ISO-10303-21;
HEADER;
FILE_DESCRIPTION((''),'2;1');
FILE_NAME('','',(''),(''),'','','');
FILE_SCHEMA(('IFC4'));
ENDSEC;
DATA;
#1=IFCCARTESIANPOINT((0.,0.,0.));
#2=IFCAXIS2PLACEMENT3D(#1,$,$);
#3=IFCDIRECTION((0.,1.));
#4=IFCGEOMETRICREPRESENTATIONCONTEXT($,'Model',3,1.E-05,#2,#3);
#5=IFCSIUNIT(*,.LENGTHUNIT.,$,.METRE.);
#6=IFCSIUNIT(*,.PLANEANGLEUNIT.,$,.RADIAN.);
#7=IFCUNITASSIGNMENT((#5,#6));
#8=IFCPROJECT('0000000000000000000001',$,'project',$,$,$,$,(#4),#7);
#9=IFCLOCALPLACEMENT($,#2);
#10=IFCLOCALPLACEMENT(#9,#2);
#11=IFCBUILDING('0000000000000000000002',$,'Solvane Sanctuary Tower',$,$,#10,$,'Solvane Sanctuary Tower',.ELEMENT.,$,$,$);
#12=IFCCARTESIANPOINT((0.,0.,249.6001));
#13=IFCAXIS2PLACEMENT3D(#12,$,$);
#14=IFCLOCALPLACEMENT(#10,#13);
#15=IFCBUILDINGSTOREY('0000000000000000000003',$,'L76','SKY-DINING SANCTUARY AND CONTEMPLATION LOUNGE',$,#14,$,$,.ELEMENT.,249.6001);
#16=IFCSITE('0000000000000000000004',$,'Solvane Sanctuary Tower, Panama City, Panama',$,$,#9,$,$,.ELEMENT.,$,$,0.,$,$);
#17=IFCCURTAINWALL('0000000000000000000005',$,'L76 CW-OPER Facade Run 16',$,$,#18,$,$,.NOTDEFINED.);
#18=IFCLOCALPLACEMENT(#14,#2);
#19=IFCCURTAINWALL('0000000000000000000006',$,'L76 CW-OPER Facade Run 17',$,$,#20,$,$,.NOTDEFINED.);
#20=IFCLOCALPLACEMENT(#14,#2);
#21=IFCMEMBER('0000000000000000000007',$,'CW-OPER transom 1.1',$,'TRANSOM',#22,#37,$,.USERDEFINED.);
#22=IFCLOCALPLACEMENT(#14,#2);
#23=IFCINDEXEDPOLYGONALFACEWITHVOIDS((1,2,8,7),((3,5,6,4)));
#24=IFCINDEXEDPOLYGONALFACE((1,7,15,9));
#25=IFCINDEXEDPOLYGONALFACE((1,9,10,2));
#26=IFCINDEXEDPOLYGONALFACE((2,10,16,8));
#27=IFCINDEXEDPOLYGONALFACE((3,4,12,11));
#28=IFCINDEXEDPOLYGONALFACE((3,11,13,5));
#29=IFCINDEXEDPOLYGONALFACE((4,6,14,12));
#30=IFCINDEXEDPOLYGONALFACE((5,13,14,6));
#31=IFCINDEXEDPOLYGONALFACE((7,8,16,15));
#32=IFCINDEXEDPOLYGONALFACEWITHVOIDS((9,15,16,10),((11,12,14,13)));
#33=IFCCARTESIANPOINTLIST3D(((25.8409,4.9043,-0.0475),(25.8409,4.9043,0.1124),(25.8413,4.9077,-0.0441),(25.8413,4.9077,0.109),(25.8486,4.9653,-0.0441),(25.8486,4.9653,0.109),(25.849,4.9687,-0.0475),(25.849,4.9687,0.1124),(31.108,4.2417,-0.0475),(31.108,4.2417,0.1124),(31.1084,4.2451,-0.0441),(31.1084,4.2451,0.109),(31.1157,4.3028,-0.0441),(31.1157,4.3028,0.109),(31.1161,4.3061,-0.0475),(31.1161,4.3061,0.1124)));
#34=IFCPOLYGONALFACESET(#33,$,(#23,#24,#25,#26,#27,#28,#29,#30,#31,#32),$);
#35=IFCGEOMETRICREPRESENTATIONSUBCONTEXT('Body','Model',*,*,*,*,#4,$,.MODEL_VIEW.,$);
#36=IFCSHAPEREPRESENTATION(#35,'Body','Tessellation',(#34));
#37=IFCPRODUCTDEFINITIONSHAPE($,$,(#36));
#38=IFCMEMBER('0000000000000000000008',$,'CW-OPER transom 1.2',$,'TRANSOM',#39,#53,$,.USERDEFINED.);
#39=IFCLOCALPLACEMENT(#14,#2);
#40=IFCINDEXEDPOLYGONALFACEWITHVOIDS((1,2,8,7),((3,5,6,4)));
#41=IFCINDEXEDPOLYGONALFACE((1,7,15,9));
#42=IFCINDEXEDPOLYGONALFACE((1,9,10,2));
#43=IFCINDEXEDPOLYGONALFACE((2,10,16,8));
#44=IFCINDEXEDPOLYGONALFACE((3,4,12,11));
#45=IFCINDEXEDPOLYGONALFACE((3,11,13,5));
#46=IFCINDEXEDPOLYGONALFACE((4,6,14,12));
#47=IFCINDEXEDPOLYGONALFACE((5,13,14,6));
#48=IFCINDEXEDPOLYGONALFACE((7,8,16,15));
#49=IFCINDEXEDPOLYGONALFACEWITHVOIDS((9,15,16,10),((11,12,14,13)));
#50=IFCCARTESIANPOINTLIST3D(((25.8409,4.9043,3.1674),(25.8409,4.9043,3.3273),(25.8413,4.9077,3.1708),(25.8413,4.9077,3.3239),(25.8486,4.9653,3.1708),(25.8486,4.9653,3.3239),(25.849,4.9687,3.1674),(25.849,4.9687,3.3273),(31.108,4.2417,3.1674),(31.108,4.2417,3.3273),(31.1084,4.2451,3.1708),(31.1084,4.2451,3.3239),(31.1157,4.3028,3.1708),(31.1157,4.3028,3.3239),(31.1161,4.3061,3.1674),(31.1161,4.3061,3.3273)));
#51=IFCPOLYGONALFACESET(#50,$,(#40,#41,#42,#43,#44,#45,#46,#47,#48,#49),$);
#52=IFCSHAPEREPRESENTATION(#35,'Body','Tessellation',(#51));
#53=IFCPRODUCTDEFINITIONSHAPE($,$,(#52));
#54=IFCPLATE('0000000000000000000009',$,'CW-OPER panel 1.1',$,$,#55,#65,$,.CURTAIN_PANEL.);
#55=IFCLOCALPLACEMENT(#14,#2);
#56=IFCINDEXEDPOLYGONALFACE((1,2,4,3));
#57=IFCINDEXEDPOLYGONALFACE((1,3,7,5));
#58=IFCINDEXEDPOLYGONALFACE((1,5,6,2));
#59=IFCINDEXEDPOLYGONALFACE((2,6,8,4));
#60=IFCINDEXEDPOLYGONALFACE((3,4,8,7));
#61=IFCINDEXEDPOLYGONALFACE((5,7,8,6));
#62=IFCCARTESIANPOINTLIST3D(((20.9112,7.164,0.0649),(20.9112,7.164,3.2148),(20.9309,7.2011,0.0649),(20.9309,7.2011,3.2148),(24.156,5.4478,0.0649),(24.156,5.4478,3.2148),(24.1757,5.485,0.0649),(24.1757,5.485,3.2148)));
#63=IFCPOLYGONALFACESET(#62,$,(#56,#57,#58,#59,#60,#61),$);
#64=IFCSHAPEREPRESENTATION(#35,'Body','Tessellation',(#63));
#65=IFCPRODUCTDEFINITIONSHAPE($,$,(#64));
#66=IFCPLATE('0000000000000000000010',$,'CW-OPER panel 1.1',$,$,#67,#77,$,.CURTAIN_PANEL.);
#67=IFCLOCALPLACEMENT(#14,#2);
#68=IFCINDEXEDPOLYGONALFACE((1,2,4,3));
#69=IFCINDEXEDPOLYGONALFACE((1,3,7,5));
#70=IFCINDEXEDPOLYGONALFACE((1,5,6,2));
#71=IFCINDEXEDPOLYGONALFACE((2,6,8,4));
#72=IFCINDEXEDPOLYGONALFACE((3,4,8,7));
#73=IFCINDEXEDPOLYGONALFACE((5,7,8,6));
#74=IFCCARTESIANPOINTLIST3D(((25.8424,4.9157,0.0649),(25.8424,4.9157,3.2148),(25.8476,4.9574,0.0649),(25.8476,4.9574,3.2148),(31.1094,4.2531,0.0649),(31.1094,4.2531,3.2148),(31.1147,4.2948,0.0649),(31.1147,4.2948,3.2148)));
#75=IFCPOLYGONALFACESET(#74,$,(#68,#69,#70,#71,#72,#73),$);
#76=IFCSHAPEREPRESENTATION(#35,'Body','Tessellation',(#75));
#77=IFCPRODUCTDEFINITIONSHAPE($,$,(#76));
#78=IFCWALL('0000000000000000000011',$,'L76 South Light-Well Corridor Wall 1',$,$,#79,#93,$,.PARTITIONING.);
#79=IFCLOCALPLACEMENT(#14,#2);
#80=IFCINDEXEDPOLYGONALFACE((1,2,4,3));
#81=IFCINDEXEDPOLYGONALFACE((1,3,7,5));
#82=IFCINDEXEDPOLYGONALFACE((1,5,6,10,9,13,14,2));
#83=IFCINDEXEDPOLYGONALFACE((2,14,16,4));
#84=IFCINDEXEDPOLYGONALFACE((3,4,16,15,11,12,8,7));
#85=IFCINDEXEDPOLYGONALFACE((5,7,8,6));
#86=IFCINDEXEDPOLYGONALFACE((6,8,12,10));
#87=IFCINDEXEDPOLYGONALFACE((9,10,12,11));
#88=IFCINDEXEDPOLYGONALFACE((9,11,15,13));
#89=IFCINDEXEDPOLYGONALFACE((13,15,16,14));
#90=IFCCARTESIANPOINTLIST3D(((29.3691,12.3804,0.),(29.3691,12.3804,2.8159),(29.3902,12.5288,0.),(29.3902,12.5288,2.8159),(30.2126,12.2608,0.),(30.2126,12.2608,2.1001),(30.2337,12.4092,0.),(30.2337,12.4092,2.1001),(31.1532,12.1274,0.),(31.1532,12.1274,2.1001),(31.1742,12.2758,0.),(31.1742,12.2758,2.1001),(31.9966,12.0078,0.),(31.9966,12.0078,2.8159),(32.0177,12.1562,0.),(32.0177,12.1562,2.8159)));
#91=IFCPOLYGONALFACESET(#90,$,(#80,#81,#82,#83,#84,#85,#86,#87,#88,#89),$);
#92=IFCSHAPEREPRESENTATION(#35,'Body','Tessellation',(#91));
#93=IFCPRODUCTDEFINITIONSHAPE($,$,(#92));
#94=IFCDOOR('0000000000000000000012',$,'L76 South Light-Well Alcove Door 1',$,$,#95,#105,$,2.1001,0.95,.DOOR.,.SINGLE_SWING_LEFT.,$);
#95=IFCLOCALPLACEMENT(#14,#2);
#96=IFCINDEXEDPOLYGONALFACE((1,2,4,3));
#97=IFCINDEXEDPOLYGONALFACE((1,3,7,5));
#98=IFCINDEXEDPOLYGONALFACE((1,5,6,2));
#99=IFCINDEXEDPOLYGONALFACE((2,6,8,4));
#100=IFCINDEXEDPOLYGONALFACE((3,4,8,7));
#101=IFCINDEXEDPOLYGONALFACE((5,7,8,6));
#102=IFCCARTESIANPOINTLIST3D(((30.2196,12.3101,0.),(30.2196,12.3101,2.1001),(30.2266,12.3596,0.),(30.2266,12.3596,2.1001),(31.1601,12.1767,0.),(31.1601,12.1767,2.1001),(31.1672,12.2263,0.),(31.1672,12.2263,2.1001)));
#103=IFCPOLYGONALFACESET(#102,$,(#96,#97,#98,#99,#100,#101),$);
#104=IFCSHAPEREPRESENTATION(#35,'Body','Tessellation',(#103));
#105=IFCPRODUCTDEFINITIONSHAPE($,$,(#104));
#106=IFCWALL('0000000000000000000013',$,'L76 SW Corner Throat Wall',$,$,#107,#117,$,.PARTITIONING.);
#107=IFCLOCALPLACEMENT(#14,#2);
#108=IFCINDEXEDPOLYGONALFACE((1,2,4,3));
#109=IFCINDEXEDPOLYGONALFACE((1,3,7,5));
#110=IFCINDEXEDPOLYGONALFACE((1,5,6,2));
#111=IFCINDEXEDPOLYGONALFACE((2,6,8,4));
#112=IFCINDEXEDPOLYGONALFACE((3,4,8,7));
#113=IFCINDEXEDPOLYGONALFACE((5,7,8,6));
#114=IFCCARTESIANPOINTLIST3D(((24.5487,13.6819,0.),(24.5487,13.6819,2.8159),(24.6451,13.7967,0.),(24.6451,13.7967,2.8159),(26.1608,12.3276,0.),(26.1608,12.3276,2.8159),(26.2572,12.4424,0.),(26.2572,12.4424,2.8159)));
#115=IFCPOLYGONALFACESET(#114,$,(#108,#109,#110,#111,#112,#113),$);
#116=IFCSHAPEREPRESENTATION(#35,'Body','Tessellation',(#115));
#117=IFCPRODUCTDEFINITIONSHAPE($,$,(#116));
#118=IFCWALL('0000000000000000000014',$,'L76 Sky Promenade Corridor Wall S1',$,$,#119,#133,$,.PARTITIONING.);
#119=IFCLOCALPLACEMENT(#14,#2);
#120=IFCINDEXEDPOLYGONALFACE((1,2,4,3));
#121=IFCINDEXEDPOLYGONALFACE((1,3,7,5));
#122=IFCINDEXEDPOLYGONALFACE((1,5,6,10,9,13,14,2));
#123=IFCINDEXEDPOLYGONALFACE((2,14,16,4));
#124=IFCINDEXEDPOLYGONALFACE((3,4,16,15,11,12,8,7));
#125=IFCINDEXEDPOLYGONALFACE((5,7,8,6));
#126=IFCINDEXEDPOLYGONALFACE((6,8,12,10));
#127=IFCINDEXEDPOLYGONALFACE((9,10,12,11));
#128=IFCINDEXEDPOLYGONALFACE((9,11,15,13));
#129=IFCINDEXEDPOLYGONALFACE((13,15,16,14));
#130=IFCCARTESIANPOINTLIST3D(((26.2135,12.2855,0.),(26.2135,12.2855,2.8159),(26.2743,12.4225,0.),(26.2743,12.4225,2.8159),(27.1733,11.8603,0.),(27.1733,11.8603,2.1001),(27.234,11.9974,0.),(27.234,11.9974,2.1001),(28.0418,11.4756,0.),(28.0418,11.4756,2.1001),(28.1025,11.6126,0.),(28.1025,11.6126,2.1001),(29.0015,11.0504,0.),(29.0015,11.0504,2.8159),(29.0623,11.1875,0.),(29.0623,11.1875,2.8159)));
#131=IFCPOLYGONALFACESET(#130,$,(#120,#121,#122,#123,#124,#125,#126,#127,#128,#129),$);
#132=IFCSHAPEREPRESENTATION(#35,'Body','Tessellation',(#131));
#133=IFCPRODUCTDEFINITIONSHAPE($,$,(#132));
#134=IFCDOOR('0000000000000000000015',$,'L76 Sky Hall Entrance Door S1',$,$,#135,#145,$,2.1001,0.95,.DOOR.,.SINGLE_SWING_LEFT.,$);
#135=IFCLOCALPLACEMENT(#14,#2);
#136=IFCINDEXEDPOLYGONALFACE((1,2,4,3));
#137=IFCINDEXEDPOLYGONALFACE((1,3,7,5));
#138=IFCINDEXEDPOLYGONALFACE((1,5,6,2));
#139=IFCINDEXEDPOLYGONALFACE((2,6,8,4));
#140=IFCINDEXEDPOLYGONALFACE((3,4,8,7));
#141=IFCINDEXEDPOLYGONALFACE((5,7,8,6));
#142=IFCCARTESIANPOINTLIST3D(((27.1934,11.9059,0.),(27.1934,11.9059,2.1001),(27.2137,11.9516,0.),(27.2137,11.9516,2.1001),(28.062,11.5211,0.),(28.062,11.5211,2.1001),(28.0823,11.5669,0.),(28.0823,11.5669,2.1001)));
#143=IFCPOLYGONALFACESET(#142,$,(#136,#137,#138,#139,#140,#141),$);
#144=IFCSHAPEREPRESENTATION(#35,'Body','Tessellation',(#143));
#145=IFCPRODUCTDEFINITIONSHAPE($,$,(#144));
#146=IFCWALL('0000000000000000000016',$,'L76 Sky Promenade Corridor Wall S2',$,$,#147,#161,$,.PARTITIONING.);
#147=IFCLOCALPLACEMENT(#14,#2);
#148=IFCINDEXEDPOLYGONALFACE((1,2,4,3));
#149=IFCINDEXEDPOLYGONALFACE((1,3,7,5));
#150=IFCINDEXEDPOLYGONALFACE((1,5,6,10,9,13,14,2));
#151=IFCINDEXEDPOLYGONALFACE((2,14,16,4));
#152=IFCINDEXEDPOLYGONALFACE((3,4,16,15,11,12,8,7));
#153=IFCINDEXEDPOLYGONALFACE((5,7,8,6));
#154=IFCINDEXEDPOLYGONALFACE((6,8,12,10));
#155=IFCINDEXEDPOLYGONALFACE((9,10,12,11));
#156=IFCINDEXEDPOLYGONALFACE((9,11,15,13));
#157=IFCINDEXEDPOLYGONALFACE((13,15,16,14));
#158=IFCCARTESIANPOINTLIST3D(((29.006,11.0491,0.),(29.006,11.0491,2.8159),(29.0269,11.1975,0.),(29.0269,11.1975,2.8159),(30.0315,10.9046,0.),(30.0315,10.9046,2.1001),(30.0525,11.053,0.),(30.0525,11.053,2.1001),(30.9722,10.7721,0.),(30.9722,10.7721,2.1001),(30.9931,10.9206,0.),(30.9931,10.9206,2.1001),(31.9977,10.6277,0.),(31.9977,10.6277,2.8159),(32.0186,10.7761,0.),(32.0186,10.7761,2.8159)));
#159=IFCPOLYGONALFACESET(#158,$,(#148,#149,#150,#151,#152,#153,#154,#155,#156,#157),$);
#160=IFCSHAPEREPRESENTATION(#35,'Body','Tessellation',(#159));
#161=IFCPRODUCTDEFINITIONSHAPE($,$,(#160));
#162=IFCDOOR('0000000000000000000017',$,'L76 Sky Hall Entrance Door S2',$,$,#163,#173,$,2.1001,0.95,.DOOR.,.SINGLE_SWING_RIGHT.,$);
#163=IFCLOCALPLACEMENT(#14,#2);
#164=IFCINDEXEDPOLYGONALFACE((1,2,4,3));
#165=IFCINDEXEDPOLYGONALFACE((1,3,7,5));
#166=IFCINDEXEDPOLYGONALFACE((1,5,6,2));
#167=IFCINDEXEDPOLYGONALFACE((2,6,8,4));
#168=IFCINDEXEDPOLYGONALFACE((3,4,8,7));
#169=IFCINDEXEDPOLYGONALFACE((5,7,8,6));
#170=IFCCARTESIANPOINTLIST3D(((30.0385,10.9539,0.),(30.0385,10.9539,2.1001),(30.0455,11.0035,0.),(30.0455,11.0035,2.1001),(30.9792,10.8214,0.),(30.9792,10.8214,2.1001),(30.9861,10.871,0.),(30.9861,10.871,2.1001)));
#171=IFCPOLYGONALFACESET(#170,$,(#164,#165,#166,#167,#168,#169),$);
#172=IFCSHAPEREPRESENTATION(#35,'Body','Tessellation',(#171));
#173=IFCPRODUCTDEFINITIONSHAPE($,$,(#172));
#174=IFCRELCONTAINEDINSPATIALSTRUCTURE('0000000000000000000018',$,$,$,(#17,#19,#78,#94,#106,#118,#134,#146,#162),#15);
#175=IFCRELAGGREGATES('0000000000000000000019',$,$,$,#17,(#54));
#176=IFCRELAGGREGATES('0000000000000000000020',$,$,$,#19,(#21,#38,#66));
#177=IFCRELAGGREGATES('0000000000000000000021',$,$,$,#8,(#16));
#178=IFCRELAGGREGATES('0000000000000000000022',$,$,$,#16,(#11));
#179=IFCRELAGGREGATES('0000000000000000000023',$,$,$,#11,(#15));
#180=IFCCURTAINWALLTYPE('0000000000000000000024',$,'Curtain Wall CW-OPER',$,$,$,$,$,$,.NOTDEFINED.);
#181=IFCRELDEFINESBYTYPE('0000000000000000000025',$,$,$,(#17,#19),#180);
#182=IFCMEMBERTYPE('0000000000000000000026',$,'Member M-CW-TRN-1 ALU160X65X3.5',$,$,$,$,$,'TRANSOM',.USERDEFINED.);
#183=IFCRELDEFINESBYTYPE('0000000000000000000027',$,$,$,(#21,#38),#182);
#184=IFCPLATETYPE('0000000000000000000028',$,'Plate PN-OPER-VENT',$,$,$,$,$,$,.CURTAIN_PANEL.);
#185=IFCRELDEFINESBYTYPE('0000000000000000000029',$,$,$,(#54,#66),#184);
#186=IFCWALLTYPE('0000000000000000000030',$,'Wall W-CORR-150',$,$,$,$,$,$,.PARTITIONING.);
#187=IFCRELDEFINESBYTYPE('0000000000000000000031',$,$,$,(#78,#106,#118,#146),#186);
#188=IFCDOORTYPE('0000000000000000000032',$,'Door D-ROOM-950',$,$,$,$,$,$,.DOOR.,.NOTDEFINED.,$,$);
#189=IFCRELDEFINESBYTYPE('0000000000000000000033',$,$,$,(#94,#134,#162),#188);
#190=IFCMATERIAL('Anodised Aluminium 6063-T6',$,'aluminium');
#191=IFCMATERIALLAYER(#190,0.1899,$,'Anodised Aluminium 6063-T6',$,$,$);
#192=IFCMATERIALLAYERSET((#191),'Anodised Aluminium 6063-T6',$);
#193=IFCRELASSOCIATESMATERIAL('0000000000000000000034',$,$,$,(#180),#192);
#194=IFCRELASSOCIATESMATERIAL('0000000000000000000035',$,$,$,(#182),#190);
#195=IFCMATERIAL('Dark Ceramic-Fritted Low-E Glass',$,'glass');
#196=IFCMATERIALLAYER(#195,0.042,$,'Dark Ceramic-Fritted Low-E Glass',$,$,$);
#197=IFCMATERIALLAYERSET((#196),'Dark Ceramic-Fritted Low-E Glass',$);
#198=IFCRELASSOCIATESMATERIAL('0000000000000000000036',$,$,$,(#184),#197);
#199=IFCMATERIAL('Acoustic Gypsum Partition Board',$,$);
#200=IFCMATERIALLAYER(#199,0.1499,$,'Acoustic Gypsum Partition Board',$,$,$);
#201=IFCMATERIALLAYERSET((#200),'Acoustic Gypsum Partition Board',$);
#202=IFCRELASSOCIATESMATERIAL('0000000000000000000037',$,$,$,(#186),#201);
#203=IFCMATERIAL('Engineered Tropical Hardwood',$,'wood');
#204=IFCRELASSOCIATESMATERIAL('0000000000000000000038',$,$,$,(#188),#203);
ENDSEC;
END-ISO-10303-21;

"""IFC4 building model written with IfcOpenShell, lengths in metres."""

from ifc_helpers import new_model, si_unit, direction, frame, frame_2d, origin, origin_2d, place, context, subcontext, project, spatial, rectangle, hollow_rectangle, extrude, material, layer, layer_set, material_profile, profile_set, type_object, element, fill, aggregate, save


model = new_model("IFC4")

# Units and contexts
model_context = context("Model", 3, precision=1e-05, world=origin(), true_north=direction((0.0, 1.0)))
body_context = subcontext(model_context, "Body", "Model", "MODEL_VIEW")
ifc_project = project(units=[si_unit("LENGTHUNIT", "METRE"), si_unit("PLANEANGLEUNIT", "RADIAN")], contexts=[model_context])

# Site, building, storey
site_placement = place(None, origin())
site = spatial("IfcSite", under=ifc_project, at=site_placement, Name="Solvane Sanctuary Tower, Panama City, Panama", CompositionType="ELEMENT", RefElevation=0.0)
building_placement = place(site_placement, origin())
building = spatial("IfcBuilding", under=site, at=building_placement, Name="Solvane Sanctuary Tower", LongName="Solvane Sanctuary Tower", CompositionType="ELEMENT")
storey_placement = place(building_placement, frame((0.0, 0.0, 249.6001)))
storey = spatial("IfcBuildingStorey", under=building, at=storey_placement, Name="L76", Description="SKY-DINING SANCTUARY AND CONTEMPLATION LOUNGE", CompositionType="ELEMENT", Elevation=249.6001)

# Curtain wall
ifc_material_1 = material(Name="Anodised Aluminium 6063-T6", Category="aluminium")
ifc_layer_1 = layer(ifc_material_1, 0.1899, Name="Anodised Aluminium 6063-T6")
ifc_layer_set_1 = layer_set([ifc_layer_1], Name="Anodised Aluminium 6063-T6")
curtain_wall_type = type_object("IfcCurtainWallType", Name="Curtain Wall CW-OPER", PredefinedType="NOTDEFINED", material=ifc_layer_set_1)
curtain_wall_1_placement = place(storey_placement, origin())
curtain_wall_1 = element("IfcCurtainWall", 1, at=curtain_wall_1_placement, inside=storey, type_object=curtain_wall_type, Name="L76 CW-OPER Facade Run 16", PredefinedType="NOTDEFINED")

# Curtain wall
curtain_wall_2_placement = place(storey_placement, origin())
curtain_wall_2 = element("IfcCurtainWall", 2, at=curtain_wall_2_placement, inside=storey, type_object=curtain_wall_type, Name="L76 CW-OPER Facade Run 17", PredefinedType="NOTDEFINED")

# Members
ifc_material_profile_1 = material_profile(ifc_material_1, hollow_rectangle(XDim=0.0649, YDim=0.1599, WallThickness=0.0034, at=origin_2d()), Name="ALU160X65X3.5")
ifc_profile_set_1 = profile_set([ifc_material_profile_1], Name="Anodised Aluminium 6063-T6")
member_type_1 = type_object("IfcMemberType", Name="Member M-CW-TRN-1 ALU160X65X3.5", ElementType="TRANSOM", PredefinedType="USERDEFINED", material=ifc_profile_set_1)
member_1_placement = place(storey_placement, frame((25.845, 4.9365, 0.0325), z_axis=(0.99218, -0.124816, 0.0), x_axis=(0.124816, 0.99218, 0.0)))
member_1 = element("IfcMember", 3, at=member_1_placement, type_object=member_type_1, Name="CW-OPER transom 1.1", ObjectType="TRANSOM", PredefinedType="USERDEFINED", context=body_context, shape_type="SweptSolid", body=[
    extrude(hollow_rectangle(XDim=0.0649, YDim=0.1599, WallThickness=0.0034, at=origin_2d()), origin(), (0.0, 0.0, 1.0), 5.3086),
])
member_2_placement = place(storey_placement, frame((25.845, 4.9365, 3.2473), z_axis=(0.99218, -0.124816, 0.0), x_axis=(0.124816, 0.99218, 0.0)))
member_2 = element("IfcMember", 4, at=member_2_placement, type_object=member_type_1, Name="CW-OPER transom 1.2", ObjectType="TRANSOM", PredefinedType="USERDEFINED", context=body_context, shape_type="SweptSolid", body=[
    extrude(hollow_rectangle(XDim=0.0649, YDim=0.1599, WallThickness=0.0034, at=origin_2d()), origin(), (0.0, 0.0, 1.0), 5.3086),
])

# Plates
ifc_material_2 = material(Name="Dark Ceramic-Fritted Low-E Glass", Category="glass")
ifc_layer_2 = layer(ifc_material_2, 0.042, Name="Dark Ceramic-Fritted Low-E Glass")
ifc_layer_set_2 = layer_set([ifc_layer_2], Name="Dark Ceramic-Fritted Low-E Glass")
plate_type = type_object("IfcPlateType", Name="Plate PN-OPER-VENT", PredefinedType="CURTAIN_PANEL", material=ifc_layer_set_2)
plate_1_placement = place(storey_placement, frame((22.5435, 6.3245, 0.0649), z_axis=(0.0, 0.0, 1.0), x_axis=(0.883981, -0.467523, 0.0)))
plate_1 = element("IfcPlate", 5, at=plate_1_placement, type_object=plate_type, Name="CW-OPER panel 1.1", PredefinedType="CURTAIN_PANEL", context=body_context, shape_type="SweptSolid", body=[
    extrude(rectangle(XDim=3.6707, YDim=0.042, at=origin_2d()), origin(), (0.0, 0.0, 1.0), 3.1499),
])
aggregate(curtain_wall_1, [plate_1])
plate_2_placement = place(storey_placement, frame((28.4785, 4.6052, 0.0649), z_axis=(0.0, 0.0, 1.0), x_axis=(0.99218, -0.124815, 0.0)))
plate_2 = element("IfcPlate", 6, at=plate_2_placement, type_object=plate_type, Name="CW-OPER panel 1.1", PredefinedType="CURTAIN_PANEL", context=body_context, shape_type="SweptSolid", body=[
    extrude(rectangle(XDim=5.3086, YDim=0.042, at=origin_2d()), origin(), (0.0, 0.0, 1.0), 3.1499),
])
aggregate(curtain_wall_2, [member_1, member_2, plate_2])

# Wall, opening, door
ifc_material_3 = material(Name="Acoustic Gypsum Partition Board")
ifc_layer_3 = layer(ifc_material_3, 0.1499, Name="Acoustic Gypsum Partition Board")
ifc_layer_set_3 = layer_set([ifc_layer_3], Name="Acoustic Gypsum Partition Board")
wall_type_1 = type_object("IfcWallType", Name="Wall W-CORR-150", PredefinedType="PARTITIONING", material=ifc_layer_set_3)
wall_1_placement = place(storey_placement, frame((29.3796, 12.4546, 0.0), z_axis=(0.0, 0.0, 1.0), x_axis=(0.990096, -0.140391, 0.0)))
wall_1 = element("IfcWall", 7, at=wall_1_placement, inside=storey, type_object=wall_type_1, Name="L76 South Light-Well Corridor Wall 1", PredefinedType="PARTITIONING", context=body_context, shape_type="SweptSolid", body=[
    extrude(rectangle(XDim=2.6538, YDim=0.1499, at=frame_2d((1.3269, 0.0))), origin(), (0.0, 0.0, 1.0), 2.8159),
])
opening_1_placement = place(wall_1_placement, frame((0.8518, 0.0, 0.0)))
opening_1 = element("IfcOpeningElement", 8, at=opening_1_placement, cuts=wall_1, PredefinedType="OPENING", context=body_context, shape_type="SweptSolid", body=[
    extrude(rectangle(XDim=0.95, YDim=2.1001, at=frame_2d((0.4751, 1.05))), frame((0.0, 0.085, 0.0), z_axis=(0.0, -1.0, 0.0), x_axis=(1.0, 0.0, 0.0)), (0.0, 0.0, 1.0), 0.1699),
])
ifc_material_4 = material(Name="Engineered Tropical Hardwood", Category="wood")
door_type = type_object("IfcDoorType", Name="Door D-ROOM-950", OperationType="NOTDEFINED", PredefinedType="DOOR", material=ifc_material_4)
door_1_placement = place(opening_1_placement, origin())
door_1 = element("IfcDoor", 9, at=door_1_placement, inside=storey, type_object=door_type, Name="L76 South Light-Well Alcove Door 1", OperationType="SINGLE_SWING_LEFT", OverallHeight=2.1001, OverallWidth=0.95, PredefinedType="DOOR", context=body_context, shape_type="SweptSolid", body=[
    extrude(rectangle(XDim=0.95, YDim=2.1001, at=frame_2d((0.4751, 1.05))), frame((0.0, 0.0249, 0.0), z_axis=(0.0, -1.0, 0.0), x_axis=(1.0, 0.0, 0.0)), (0.0, 0.0, 1.0), 0.05),
])
fill(opening_1, door_1)

# Wall
wall_2_placement = place(storey_placement, frame((26.209, 12.385, 0.0), z_axis=(0.0, 0.0, 1.0), x_axis=(-0.765677, 0.643225, 0.0)))
element("IfcWall", 10, at=wall_2_placement, inside=storey, type_object=wall_type_1, Name="L76 SW Corner Throat Wall", PredefinedType="PARTITIONING", context=body_context, shape_type="SweptSolid", body=[
    extrude(rectangle(XDim=2.1055, YDim=0.1499, at=frame_2d((1.0527, 0.0))), origin(), (0.0, 0.0, 1.0), 2.8159),
])

# Walls, openings, doors
wall_3_placement = place(storey_placement, frame((26.2439, 12.354, 0.0), z_axis=(0.0, 0.0, 1.0), x_axis=(0.914303, -0.405031, 0.0)))
wall_3 = element("IfcWall", 11, at=wall_3_placement, inside=storey, type_object=wall_type_1, Name="L76 Sky Promenade Corridor Wall S1", PredefinedType="PARTITIONING", context=body_context, shape_type="SweptSolid", body=[
    extrude(rectangle(XDim=3.0493, YDim=0.1499, at=frame_2d((1.5247, 0.0))), origin(), (0.0, 0.0, 1.0), 2.8159),
])
opening_2_placement = place(wall_3_placement, frame((1.0496, 0.0, 0.0)))
opening_2 = element("IfcOpeningElement", 12, at=opening_2_placement, cuts=wall_3, PredefinedType="OPENING", context=body_context, shape_type="SweptSolid", body=[
    extrude(rectangle(XDim=0.95, YDim=2.1001, at=frame_2d((0.4751, 1.05))), frame((0.0, 0.085, 0.0), z_axis=(0.0, -1.0, 0.0), x_axis=(1.0, 0.0, 0.0)), (0.0, 0.0, 1.0), 0.1699),
])
door_2_placement = place(opening_2_placement, origin())
door_2 = element("IfcDoor", 13, at=door_2_placement, inside=storey, type_object=door_type, Name="L76 Sky Hall Entrance Door S1", OperationType="SINGLE_SWING_LEFT", OverallHeight=2.1001, OverallWidth=0.95, PredefinedType="DOOR", context=body_context, shape_type="SweptSolid", body=[
    extrude(rectangle(XDim=0.95, YDim=2.1001, at=frame_2d((0.4751, 1.05))), frame((0.0, 0.0249, 0.0), z_axis=(0.0, -1.0, 0.0), x_axis=(1.0, 0.0, 0.0)), (0.0, 0.0, 1.0), 0.05),
])
fill(opening_2, door_2)
wall_4_placement = place(storey_placement, frame((29.0164, 11.1233, 0.0), z_axis=(0.0, 0.0, 1.0), x_axis=(0.990226, -0.139475, 0.0)))
wall_4 = element("IfcWall", 14, at=wall_4_placement, inside=storey, type_object=wall_type_1, Name="L76 Sky Promenade Corridor Wall S2", PredefinedType="PARTITIONING", context=body_context, shape_type="SweptSolid", body=[
    extrude(rectangle(XDim=3.0212, YDim=0.1499, at=frame_2d((1.5107, 0.0))), origin(), (0.0, 0.0, 1.0), 2.8159),
])
opening_3_placement = place(wall_4_placement, frame((1.0356, 0.0, 0.0)))
opening_3 = element("IfcOpeningElement", 15, at=opening_3_placement, cuts=wall_4, PredefinedType="OPENING", context=body_context, shape_type="SweptSolid", body=[
    extrude(rectangle(XDim=0.95, YDim=2.1001, at=frame_2d((0.4751, 1.05))), frame((0.0, 0.085, 0.0), z_axis=(0.0, -1.0, 0.0), x_axis=(1.0, 0.0, 0.0)), (0.0, 0.0, 1.0), 0.1699),
])
door_3_placement = place(opening_3_placement, origin())
door_3 = element("IfcDoor", 16, at=door_3_placement, inside=storey, type_object=door_type, Name="L76 Sky Hall Entrance Door S2", OperationType="SINGLE_SWING_RIGHT", OverallHeight=2.1001, OverallWidth=0.95, PredefinedType="DOOR", context=body_context, shape_type="SweptSolid", body=[
    extrude(rectangle(XDim=0.95, YDim=2.1001, at=frame_2d((0.4751, 1.05))), frame((0.0, 0.0249, 0.0), z_axis=(0.0, -1.0, 0.0), x_axis=(1.0, 0.0, 0.0)), (0.0, 0.0, 1.0), 0.05),
])
fill(opening_3, door_3)

save(model, "model.ifc")
